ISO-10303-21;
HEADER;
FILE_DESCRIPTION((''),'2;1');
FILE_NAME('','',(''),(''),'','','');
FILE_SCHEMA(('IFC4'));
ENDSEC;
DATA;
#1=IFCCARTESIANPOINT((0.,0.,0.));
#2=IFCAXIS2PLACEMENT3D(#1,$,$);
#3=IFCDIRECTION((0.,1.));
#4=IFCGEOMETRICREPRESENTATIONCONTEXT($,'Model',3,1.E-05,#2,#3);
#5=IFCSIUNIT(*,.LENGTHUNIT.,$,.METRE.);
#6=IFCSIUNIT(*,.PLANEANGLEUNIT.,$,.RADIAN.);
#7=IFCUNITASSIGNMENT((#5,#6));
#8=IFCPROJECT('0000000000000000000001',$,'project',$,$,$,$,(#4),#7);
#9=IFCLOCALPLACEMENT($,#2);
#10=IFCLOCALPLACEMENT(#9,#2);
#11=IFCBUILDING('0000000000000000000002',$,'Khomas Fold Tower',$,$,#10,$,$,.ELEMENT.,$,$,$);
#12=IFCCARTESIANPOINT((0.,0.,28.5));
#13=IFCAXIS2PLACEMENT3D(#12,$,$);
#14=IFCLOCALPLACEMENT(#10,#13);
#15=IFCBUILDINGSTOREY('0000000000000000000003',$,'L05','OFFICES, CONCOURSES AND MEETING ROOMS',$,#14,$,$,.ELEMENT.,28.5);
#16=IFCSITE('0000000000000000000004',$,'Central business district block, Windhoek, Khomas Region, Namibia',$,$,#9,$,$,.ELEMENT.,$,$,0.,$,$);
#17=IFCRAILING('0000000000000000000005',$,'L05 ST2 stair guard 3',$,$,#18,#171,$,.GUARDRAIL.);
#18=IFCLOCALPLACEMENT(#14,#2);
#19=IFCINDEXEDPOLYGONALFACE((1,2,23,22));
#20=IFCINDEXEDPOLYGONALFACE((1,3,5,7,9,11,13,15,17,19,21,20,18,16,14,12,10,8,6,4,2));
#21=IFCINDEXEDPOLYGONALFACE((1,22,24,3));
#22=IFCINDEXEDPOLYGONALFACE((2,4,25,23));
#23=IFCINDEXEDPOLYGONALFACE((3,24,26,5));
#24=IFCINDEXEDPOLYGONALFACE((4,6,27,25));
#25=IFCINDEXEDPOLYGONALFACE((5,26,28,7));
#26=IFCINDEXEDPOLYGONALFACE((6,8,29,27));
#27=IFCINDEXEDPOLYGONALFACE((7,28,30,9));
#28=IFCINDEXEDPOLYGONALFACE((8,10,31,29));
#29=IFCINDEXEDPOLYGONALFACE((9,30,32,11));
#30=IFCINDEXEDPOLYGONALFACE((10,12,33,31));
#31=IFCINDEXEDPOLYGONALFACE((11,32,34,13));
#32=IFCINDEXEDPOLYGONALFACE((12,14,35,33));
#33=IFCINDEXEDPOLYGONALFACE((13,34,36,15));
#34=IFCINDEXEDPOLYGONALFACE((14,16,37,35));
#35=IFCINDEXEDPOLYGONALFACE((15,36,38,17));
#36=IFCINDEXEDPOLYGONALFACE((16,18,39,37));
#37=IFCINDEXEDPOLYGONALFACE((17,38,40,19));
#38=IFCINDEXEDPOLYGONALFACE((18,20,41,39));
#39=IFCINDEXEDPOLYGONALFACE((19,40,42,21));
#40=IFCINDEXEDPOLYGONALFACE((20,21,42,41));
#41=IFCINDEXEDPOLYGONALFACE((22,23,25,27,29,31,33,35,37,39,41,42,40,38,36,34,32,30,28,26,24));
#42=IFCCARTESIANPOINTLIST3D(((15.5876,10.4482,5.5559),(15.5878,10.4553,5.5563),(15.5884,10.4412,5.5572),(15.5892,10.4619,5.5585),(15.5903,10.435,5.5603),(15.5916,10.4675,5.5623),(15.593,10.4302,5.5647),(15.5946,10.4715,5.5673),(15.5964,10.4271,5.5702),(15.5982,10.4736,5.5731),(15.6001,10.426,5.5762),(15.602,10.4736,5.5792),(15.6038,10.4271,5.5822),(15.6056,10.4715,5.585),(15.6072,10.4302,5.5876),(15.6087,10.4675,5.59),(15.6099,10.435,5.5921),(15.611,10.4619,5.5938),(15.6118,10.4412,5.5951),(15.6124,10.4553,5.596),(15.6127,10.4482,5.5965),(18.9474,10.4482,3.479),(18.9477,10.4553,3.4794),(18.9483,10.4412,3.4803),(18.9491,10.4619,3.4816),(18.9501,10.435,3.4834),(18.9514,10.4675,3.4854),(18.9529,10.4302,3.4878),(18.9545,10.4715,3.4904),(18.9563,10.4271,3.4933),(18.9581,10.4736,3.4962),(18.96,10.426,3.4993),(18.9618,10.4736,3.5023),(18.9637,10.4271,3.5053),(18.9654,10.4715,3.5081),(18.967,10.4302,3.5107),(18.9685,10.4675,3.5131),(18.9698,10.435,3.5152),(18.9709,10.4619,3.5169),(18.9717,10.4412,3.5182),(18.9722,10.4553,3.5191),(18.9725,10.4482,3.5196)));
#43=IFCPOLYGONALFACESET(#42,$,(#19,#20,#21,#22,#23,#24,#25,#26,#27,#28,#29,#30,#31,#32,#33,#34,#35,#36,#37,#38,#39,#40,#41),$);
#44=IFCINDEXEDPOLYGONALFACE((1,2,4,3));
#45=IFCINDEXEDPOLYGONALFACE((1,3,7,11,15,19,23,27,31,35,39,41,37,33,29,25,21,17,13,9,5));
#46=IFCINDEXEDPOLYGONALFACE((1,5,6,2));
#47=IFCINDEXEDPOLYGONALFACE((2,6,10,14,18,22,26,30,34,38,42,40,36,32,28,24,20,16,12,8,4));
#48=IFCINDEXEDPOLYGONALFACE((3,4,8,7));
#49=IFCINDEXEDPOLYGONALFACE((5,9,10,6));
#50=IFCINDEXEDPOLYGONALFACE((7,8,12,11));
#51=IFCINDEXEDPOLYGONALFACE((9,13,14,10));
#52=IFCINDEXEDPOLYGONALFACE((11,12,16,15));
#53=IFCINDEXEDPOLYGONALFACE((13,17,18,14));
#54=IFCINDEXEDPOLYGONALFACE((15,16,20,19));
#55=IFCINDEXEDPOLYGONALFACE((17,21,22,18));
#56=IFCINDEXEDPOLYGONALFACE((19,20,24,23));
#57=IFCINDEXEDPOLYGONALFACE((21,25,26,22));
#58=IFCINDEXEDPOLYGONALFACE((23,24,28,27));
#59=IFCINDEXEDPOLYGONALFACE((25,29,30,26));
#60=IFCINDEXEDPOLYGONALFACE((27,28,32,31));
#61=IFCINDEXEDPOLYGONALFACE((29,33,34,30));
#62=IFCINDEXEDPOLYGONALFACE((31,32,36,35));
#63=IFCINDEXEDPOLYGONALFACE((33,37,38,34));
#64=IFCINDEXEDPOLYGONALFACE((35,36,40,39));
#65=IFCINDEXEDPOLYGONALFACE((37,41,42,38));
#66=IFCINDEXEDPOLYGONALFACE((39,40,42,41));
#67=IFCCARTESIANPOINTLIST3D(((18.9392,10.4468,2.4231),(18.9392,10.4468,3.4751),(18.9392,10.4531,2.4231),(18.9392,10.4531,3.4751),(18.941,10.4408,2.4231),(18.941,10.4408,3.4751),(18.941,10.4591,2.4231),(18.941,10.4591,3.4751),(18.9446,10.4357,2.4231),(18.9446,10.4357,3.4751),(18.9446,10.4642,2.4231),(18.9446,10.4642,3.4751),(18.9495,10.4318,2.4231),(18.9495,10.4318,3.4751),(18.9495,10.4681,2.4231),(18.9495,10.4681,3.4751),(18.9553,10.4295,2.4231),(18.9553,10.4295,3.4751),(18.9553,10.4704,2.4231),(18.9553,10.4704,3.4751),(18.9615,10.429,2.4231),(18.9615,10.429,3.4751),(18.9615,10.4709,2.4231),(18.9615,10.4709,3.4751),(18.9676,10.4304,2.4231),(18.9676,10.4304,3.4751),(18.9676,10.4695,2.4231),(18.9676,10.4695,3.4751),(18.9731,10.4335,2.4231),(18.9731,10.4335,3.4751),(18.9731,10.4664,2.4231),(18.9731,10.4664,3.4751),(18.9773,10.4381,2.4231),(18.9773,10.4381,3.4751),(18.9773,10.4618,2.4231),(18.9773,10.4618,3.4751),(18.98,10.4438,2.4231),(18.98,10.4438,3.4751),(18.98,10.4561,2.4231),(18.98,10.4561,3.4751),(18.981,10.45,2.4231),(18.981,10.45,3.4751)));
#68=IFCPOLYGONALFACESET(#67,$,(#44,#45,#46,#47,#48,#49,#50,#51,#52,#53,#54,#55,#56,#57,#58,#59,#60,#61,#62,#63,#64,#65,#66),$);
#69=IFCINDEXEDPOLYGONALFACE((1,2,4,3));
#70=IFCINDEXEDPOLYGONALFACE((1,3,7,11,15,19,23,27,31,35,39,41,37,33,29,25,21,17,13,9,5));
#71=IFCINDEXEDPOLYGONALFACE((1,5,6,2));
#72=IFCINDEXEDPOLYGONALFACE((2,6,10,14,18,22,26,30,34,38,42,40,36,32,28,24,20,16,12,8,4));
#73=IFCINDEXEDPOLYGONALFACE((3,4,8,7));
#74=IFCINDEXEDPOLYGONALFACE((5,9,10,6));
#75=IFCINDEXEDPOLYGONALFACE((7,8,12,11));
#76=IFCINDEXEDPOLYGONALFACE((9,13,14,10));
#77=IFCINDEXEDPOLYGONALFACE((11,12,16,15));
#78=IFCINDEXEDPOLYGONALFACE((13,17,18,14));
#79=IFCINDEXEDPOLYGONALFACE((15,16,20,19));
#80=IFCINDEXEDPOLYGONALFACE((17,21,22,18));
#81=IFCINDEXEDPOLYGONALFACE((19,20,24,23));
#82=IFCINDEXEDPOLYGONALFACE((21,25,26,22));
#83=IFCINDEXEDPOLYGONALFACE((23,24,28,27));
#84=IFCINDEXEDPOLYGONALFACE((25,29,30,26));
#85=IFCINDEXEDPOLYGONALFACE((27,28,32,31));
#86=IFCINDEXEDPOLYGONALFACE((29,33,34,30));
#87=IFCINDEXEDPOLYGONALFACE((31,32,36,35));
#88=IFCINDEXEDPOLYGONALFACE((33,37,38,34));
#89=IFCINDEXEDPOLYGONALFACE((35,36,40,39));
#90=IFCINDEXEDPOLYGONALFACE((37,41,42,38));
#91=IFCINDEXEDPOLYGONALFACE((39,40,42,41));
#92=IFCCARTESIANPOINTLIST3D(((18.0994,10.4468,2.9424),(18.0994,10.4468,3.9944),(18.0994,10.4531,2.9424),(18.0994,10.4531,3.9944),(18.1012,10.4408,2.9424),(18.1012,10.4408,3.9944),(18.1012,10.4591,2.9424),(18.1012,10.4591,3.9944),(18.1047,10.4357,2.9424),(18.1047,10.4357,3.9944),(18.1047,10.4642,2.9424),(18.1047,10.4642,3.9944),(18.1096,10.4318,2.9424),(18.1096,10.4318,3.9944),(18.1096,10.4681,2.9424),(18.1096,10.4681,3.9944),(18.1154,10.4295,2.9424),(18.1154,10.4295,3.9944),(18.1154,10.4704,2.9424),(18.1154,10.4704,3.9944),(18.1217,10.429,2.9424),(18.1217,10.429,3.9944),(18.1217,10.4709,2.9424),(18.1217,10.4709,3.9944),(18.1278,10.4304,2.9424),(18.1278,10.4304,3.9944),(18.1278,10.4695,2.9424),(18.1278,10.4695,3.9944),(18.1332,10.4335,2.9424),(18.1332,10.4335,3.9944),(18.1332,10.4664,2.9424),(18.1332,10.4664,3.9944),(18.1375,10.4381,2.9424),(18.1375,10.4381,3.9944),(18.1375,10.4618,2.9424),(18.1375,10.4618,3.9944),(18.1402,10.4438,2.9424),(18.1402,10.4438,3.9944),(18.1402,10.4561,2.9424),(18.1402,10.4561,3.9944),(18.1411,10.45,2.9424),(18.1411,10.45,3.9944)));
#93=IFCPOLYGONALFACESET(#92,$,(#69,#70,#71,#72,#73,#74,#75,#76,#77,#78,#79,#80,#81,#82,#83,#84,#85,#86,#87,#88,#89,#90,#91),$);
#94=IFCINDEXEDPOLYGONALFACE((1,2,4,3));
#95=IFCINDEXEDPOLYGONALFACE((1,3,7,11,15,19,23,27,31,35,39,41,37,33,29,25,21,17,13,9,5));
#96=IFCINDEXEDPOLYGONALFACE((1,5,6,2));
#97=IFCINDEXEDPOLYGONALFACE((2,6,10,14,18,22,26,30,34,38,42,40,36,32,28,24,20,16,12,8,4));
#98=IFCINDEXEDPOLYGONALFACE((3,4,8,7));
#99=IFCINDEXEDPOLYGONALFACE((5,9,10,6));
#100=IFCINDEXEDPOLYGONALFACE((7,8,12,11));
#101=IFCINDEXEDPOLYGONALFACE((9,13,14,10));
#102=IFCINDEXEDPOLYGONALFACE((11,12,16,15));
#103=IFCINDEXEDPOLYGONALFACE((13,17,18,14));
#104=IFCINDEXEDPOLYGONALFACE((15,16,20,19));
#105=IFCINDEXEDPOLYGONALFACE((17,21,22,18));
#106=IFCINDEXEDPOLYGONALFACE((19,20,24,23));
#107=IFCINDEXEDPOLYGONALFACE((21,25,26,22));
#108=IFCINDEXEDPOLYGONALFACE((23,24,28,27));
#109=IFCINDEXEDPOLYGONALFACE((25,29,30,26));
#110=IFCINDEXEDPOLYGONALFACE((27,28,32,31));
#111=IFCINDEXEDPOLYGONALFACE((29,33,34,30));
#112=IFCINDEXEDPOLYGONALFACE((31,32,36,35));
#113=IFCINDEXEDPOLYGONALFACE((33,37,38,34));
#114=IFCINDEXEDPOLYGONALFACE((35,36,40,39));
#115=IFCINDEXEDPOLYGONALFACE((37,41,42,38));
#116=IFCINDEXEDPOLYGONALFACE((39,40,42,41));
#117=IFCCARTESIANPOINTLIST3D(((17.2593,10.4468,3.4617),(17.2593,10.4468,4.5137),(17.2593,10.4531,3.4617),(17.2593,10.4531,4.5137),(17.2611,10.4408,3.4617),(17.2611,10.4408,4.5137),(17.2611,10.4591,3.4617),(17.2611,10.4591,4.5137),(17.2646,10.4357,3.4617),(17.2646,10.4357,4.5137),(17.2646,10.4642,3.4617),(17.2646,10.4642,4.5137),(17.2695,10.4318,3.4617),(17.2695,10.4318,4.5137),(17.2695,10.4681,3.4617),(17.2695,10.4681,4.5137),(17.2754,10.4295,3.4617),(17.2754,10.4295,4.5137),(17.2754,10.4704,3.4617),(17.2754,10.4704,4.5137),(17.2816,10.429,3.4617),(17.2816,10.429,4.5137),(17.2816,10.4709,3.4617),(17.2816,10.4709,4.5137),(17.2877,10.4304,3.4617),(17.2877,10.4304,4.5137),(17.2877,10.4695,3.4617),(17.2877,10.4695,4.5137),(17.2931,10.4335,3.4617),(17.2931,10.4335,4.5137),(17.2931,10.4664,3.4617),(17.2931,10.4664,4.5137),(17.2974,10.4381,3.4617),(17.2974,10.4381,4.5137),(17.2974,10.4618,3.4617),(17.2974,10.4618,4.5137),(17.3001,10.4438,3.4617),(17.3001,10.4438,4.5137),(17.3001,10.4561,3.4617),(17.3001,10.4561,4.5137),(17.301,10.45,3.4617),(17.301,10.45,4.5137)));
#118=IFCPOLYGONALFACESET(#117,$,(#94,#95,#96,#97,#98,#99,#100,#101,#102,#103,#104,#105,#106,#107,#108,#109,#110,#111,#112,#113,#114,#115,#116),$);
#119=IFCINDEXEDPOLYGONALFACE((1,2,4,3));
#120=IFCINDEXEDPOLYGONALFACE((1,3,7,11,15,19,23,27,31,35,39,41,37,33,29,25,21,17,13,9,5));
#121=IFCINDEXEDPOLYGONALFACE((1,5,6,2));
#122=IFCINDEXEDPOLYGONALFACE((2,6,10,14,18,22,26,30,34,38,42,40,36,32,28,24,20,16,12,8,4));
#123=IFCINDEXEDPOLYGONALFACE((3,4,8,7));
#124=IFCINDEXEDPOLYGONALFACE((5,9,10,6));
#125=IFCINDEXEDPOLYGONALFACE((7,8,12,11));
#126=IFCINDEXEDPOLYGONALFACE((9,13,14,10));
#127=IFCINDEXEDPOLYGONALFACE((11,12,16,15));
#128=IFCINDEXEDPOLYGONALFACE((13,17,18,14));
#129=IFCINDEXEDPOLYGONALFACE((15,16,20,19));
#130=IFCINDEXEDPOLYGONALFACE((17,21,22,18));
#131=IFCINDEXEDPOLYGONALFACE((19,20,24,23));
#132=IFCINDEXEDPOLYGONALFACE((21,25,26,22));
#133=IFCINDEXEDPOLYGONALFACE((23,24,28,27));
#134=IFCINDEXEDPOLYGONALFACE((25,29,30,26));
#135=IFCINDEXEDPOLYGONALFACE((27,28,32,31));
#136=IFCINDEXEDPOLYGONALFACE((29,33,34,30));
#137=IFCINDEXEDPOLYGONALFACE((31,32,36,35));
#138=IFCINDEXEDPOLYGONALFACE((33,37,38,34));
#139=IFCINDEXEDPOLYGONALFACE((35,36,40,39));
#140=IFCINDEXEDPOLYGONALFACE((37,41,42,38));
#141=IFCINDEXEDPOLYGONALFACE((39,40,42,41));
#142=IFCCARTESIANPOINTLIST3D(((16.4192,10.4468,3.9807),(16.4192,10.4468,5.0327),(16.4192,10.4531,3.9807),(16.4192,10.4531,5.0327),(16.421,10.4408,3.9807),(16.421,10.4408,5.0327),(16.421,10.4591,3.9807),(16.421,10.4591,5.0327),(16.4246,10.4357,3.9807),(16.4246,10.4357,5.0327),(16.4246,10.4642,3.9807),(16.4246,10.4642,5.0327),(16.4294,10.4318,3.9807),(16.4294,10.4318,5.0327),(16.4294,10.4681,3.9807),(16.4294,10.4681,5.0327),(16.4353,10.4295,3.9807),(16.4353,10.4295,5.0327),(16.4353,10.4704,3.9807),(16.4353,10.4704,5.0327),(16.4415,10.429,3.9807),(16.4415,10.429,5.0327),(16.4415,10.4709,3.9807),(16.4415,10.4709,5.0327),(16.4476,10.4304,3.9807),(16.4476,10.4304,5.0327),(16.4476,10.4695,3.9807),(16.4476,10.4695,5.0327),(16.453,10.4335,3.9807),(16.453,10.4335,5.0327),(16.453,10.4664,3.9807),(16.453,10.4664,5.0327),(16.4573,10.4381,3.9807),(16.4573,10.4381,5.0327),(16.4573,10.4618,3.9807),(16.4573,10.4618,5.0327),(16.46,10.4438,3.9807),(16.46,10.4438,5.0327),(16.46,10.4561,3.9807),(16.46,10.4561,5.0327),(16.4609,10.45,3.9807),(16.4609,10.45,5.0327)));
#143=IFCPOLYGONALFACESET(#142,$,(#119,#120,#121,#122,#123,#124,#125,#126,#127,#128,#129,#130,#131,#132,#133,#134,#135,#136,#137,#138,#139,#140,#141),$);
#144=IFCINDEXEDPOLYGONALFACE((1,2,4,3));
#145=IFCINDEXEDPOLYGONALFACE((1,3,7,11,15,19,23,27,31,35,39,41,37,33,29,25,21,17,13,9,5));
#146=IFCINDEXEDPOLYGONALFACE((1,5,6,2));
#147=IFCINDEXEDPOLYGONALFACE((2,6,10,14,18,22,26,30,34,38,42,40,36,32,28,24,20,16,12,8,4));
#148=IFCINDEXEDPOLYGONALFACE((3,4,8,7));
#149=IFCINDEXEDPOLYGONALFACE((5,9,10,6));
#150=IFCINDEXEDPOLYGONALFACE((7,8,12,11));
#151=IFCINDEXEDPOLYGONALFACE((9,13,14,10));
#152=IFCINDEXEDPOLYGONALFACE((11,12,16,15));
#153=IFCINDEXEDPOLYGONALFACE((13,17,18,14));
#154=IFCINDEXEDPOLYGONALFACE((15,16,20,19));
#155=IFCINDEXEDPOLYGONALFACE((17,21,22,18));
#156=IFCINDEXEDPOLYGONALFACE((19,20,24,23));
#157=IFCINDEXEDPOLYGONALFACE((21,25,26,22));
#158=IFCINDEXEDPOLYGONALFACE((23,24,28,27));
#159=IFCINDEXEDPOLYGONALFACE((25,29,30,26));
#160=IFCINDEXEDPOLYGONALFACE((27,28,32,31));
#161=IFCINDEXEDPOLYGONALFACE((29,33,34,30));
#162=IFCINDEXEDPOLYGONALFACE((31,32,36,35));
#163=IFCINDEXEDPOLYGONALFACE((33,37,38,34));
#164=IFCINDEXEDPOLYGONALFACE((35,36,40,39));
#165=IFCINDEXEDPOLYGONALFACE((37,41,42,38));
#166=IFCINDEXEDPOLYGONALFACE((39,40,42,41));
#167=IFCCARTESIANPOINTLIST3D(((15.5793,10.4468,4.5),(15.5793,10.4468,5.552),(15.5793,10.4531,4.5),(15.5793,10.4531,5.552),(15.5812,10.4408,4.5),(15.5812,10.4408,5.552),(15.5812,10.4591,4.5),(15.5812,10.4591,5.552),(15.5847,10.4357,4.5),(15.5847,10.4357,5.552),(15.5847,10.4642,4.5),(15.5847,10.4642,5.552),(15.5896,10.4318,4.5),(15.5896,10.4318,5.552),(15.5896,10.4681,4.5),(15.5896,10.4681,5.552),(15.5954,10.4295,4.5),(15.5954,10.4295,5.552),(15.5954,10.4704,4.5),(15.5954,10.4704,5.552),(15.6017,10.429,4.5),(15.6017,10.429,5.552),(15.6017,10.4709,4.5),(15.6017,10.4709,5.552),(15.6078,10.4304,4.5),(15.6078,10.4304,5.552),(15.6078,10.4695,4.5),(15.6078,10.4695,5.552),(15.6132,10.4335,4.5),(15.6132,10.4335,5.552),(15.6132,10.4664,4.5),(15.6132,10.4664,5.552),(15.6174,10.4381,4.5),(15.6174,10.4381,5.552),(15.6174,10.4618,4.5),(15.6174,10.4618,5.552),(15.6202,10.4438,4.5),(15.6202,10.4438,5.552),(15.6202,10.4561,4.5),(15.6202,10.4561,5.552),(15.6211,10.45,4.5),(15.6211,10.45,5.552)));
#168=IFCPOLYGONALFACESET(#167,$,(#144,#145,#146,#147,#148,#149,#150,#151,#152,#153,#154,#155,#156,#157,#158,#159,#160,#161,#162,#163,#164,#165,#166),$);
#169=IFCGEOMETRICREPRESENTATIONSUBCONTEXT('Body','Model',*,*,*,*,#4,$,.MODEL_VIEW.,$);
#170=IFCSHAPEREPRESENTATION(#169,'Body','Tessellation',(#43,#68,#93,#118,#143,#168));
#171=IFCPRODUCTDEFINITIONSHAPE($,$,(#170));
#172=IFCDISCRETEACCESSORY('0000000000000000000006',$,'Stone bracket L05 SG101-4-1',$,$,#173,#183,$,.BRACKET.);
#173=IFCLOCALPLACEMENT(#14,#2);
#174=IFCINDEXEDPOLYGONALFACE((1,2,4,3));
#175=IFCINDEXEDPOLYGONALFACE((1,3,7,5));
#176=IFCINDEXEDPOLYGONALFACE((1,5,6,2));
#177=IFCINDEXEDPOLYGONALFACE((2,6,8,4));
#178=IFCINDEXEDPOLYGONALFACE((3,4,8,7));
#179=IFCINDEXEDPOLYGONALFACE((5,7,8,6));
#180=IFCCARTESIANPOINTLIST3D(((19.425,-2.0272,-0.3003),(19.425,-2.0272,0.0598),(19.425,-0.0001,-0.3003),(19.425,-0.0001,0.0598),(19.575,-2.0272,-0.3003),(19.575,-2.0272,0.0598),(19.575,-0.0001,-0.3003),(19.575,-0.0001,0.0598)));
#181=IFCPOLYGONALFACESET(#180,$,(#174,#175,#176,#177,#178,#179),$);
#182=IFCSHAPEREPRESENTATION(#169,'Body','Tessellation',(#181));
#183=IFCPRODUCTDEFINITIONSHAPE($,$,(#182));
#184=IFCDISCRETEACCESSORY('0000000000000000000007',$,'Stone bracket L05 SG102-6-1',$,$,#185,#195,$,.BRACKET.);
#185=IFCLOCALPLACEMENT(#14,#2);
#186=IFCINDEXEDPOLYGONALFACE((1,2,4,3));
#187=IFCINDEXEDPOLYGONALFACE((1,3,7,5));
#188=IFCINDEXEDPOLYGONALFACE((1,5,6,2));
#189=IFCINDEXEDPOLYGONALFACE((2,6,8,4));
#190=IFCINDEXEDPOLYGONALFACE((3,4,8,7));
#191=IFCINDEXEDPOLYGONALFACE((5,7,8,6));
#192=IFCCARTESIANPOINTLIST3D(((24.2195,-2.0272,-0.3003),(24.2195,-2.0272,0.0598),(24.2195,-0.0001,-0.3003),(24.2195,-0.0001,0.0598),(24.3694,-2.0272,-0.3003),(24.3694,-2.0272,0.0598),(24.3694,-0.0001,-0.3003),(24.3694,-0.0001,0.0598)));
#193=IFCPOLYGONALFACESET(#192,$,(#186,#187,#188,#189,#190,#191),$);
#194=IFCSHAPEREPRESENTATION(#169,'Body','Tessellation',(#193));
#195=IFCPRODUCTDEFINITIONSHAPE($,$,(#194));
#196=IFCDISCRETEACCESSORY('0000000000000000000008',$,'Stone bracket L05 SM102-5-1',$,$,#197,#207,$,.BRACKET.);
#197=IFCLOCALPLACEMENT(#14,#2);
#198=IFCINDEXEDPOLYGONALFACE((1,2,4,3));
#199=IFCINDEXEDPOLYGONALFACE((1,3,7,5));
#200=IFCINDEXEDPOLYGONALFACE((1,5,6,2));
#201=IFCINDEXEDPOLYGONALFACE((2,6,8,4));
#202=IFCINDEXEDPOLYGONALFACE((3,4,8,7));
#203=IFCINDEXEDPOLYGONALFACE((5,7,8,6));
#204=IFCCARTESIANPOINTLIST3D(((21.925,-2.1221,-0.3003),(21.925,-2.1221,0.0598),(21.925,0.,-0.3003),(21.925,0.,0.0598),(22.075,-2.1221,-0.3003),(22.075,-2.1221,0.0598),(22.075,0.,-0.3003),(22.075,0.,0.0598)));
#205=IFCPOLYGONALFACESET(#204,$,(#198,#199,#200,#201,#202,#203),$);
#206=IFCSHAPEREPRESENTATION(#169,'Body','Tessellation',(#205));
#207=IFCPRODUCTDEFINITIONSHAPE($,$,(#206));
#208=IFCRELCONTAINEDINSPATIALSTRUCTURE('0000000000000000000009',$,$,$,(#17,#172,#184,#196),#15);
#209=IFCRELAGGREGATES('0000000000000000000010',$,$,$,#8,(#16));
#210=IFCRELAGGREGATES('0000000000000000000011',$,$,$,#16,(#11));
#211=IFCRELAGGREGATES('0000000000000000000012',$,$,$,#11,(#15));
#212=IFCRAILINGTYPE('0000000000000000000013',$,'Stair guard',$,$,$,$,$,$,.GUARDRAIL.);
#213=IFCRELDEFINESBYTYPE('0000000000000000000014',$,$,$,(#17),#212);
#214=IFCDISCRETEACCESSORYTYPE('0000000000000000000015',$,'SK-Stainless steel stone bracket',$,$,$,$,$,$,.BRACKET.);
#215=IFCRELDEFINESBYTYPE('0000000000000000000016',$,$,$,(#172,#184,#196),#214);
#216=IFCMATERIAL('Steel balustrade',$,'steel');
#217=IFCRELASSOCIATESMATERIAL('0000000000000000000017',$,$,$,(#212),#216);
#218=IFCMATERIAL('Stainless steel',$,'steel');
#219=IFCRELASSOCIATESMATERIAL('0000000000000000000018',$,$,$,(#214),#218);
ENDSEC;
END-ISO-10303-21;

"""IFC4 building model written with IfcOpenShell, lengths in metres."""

from ifc_helpers import new_model, si_unit, direction, frame, origin, origin_2d, place, context, subcontext, project, spatial, rectangle, circle, extrude, source, transform, mapped, material, type_object, element, save


model = new_model("IFC4")

# Units and contexts
model_context = context("Model", 3, precision=1e-05, world=origin(), true_north=direction((0.0, 1.0)))
body_context = subcontext(model_context, "Body", "Model", "MODEL_VIEW")
ifc_project = project(units=[si_unit("LENGTHUNIT", "METRE"), si_unit("PLANEANGLEUNIT", "RADIAN")], contexts=[model_context])

# Site, building, storey
site_placement = place(None, origin())
site = spatial("IfcSite", under=ifc_project, at=site_placement, Name="Central business district block, Windhoek, Khomas Region, Namibia", CompositionType="ELEMENT", RefElevation=0.0)
building_placement = place(site_placement, origin())
building = spatial("IfcBuilding", under=site, at=building_placement, Name="Khomas Fold Tower", CompositionType="ELEMENT")
storey_placement = place(building_placement, frame((0.0, 0.0, 28.5)))
storey = spatial("IfcBuildingStorey", under=building, at=storey_placement, Name="L05", Description="OFFICES, CONCOURSES AND MEETING ROOMS", CompositionType="ELEMENT", Elevation=28.5)

# Railing
ifc_material_1 = material(Name="Steel balustrade", Category="steel")
railing_type = type_object("IfcRailingType", Name="Stair guard", PredefinedType="GUARDRAIL", material=ifc_material_1)
shared_shape_1 = source(origin(), body_context, "Body", "SweptSolid", [
    extrude(circle(Radius=0.0239, at=origin_2d()), frame((0.0, 0.0, 1.0762), z_axis=(-0.850606, 0.0, 0.525803), x_axis=(0.0, -1.0, 0.0)), (0.0, 0.0, 1.0), 3.95),
    extrude(circle(Radius=0.021, at=origin_2d()), origin(), (0.0, 0.0, 1.0), 1.052),
    extrude(circle(Radius=0.021, at=origin_2d()), frame((-0.8398, 0.0, 0.5193)), (0.0, 0.0, 1.0), 1.052),
    extrude(circle(Radius=0.021, at=origin_2d()), frame((-1.6799, 0.0, 1.0386)), (0.0, 0.0, 1.0), 1.052),
    extrude(circle(Radius=0.021, at=origin_2d()), frame((-2.52, 0.0, 1.5576)), (0.0, 0.0, 1.0), 1.052),
    extrude(circle(Radius=0.021, at=origin_2d()), frame((-3.3599, 0.0, 2.0769)), (0.0, 0.0, 1.0), 1.052),
])
railing_1_placement = place(storey_placement, frame((18.96, 10.45, 2.4231)))
element("IfcRailing", 1, at=railing_1_placement, inside=storey, type_object=railing_type, Name="L05 ST2 stair guard 3", PredefinedType="GUARDRAIL", context=body_context, shape_type="MappedRepresentation", body=[
    mapped(shared_shape_1, transform((0.0, 0.0, 0.0))),
])

# Discrete accessories
ifc_material_2 = material(Name="Stainless steel", Category="steel")
discrete_accessory_type = type_object("IfcDiscreteAccessoryType", Name="SK-Stainless steel stone bracket", PredefinedType="BRACKET", material=ifc_material_2)
shared_shape_2 = source(origin(), body_context, "Body", "SweptSolid", [
    extrude(rectangle(XDim=2.0271, YDim=0.1499, at=origin_2d()), origin(), (0.0, 0.0, 1.0), 0.3601),
])
for number, where, z_axis, x_axis, name in (
    (2, (19.5, -1.0137, -0.3003), (0.0, 0.0, 1.0), (0.0, -1.0, 0.0), "Stone bracket L05 SG101-4-1"),
    (3, (24.2944, -1.0137, -0.3003), (0.0, 0.0, 1.0), (0.0, -1.0, 0.0), "Stone bracket L05 SG102-6-1"),
):
    element("IfcDiscreteAccessory", number, at=place(storey_placement, frame(where, z_axis=z_axis, x_axis=x_axis)), inside=storey, type_object=discrete_accessory_type, Name=name, PredefinedType="BRACKET", context=body_context, shape_type="MappedRepresentation", body=[
        mapped(shared_shape_2, transform((0.0, 0.0, 0.0))),
    ])
shared_shape_3 = source(origin(), body_context, "Body", "SweptSolid", [
    extrude(rectangle(XDim=2.1221, YDim=0.1499, at=origin_2d()), origin(), (0.0, 0.0, 1.0), 0.3601),
])
discrete_accessory_placement = place(storey_placement, frame((22.0, -1.061, -0.3003), z_axis=(0.0, 0.0, 1.0), x_axis=(0.0, -1.0, 0.0)))
element("IfcDiscreteAccessory", 4, at=discrete_accessory_placement, inside=storey, type_object=discrete_accessory_type, Name="Stone bracket L05 SM102-5-1", PredefinedType="BRACKET", context=body_context, shape_type="MappedRepresentation", body=[
    mapped(shared_shape_3, transform((0.0, 0.0, 0.0))),
])

save(model, "model.ifc")
